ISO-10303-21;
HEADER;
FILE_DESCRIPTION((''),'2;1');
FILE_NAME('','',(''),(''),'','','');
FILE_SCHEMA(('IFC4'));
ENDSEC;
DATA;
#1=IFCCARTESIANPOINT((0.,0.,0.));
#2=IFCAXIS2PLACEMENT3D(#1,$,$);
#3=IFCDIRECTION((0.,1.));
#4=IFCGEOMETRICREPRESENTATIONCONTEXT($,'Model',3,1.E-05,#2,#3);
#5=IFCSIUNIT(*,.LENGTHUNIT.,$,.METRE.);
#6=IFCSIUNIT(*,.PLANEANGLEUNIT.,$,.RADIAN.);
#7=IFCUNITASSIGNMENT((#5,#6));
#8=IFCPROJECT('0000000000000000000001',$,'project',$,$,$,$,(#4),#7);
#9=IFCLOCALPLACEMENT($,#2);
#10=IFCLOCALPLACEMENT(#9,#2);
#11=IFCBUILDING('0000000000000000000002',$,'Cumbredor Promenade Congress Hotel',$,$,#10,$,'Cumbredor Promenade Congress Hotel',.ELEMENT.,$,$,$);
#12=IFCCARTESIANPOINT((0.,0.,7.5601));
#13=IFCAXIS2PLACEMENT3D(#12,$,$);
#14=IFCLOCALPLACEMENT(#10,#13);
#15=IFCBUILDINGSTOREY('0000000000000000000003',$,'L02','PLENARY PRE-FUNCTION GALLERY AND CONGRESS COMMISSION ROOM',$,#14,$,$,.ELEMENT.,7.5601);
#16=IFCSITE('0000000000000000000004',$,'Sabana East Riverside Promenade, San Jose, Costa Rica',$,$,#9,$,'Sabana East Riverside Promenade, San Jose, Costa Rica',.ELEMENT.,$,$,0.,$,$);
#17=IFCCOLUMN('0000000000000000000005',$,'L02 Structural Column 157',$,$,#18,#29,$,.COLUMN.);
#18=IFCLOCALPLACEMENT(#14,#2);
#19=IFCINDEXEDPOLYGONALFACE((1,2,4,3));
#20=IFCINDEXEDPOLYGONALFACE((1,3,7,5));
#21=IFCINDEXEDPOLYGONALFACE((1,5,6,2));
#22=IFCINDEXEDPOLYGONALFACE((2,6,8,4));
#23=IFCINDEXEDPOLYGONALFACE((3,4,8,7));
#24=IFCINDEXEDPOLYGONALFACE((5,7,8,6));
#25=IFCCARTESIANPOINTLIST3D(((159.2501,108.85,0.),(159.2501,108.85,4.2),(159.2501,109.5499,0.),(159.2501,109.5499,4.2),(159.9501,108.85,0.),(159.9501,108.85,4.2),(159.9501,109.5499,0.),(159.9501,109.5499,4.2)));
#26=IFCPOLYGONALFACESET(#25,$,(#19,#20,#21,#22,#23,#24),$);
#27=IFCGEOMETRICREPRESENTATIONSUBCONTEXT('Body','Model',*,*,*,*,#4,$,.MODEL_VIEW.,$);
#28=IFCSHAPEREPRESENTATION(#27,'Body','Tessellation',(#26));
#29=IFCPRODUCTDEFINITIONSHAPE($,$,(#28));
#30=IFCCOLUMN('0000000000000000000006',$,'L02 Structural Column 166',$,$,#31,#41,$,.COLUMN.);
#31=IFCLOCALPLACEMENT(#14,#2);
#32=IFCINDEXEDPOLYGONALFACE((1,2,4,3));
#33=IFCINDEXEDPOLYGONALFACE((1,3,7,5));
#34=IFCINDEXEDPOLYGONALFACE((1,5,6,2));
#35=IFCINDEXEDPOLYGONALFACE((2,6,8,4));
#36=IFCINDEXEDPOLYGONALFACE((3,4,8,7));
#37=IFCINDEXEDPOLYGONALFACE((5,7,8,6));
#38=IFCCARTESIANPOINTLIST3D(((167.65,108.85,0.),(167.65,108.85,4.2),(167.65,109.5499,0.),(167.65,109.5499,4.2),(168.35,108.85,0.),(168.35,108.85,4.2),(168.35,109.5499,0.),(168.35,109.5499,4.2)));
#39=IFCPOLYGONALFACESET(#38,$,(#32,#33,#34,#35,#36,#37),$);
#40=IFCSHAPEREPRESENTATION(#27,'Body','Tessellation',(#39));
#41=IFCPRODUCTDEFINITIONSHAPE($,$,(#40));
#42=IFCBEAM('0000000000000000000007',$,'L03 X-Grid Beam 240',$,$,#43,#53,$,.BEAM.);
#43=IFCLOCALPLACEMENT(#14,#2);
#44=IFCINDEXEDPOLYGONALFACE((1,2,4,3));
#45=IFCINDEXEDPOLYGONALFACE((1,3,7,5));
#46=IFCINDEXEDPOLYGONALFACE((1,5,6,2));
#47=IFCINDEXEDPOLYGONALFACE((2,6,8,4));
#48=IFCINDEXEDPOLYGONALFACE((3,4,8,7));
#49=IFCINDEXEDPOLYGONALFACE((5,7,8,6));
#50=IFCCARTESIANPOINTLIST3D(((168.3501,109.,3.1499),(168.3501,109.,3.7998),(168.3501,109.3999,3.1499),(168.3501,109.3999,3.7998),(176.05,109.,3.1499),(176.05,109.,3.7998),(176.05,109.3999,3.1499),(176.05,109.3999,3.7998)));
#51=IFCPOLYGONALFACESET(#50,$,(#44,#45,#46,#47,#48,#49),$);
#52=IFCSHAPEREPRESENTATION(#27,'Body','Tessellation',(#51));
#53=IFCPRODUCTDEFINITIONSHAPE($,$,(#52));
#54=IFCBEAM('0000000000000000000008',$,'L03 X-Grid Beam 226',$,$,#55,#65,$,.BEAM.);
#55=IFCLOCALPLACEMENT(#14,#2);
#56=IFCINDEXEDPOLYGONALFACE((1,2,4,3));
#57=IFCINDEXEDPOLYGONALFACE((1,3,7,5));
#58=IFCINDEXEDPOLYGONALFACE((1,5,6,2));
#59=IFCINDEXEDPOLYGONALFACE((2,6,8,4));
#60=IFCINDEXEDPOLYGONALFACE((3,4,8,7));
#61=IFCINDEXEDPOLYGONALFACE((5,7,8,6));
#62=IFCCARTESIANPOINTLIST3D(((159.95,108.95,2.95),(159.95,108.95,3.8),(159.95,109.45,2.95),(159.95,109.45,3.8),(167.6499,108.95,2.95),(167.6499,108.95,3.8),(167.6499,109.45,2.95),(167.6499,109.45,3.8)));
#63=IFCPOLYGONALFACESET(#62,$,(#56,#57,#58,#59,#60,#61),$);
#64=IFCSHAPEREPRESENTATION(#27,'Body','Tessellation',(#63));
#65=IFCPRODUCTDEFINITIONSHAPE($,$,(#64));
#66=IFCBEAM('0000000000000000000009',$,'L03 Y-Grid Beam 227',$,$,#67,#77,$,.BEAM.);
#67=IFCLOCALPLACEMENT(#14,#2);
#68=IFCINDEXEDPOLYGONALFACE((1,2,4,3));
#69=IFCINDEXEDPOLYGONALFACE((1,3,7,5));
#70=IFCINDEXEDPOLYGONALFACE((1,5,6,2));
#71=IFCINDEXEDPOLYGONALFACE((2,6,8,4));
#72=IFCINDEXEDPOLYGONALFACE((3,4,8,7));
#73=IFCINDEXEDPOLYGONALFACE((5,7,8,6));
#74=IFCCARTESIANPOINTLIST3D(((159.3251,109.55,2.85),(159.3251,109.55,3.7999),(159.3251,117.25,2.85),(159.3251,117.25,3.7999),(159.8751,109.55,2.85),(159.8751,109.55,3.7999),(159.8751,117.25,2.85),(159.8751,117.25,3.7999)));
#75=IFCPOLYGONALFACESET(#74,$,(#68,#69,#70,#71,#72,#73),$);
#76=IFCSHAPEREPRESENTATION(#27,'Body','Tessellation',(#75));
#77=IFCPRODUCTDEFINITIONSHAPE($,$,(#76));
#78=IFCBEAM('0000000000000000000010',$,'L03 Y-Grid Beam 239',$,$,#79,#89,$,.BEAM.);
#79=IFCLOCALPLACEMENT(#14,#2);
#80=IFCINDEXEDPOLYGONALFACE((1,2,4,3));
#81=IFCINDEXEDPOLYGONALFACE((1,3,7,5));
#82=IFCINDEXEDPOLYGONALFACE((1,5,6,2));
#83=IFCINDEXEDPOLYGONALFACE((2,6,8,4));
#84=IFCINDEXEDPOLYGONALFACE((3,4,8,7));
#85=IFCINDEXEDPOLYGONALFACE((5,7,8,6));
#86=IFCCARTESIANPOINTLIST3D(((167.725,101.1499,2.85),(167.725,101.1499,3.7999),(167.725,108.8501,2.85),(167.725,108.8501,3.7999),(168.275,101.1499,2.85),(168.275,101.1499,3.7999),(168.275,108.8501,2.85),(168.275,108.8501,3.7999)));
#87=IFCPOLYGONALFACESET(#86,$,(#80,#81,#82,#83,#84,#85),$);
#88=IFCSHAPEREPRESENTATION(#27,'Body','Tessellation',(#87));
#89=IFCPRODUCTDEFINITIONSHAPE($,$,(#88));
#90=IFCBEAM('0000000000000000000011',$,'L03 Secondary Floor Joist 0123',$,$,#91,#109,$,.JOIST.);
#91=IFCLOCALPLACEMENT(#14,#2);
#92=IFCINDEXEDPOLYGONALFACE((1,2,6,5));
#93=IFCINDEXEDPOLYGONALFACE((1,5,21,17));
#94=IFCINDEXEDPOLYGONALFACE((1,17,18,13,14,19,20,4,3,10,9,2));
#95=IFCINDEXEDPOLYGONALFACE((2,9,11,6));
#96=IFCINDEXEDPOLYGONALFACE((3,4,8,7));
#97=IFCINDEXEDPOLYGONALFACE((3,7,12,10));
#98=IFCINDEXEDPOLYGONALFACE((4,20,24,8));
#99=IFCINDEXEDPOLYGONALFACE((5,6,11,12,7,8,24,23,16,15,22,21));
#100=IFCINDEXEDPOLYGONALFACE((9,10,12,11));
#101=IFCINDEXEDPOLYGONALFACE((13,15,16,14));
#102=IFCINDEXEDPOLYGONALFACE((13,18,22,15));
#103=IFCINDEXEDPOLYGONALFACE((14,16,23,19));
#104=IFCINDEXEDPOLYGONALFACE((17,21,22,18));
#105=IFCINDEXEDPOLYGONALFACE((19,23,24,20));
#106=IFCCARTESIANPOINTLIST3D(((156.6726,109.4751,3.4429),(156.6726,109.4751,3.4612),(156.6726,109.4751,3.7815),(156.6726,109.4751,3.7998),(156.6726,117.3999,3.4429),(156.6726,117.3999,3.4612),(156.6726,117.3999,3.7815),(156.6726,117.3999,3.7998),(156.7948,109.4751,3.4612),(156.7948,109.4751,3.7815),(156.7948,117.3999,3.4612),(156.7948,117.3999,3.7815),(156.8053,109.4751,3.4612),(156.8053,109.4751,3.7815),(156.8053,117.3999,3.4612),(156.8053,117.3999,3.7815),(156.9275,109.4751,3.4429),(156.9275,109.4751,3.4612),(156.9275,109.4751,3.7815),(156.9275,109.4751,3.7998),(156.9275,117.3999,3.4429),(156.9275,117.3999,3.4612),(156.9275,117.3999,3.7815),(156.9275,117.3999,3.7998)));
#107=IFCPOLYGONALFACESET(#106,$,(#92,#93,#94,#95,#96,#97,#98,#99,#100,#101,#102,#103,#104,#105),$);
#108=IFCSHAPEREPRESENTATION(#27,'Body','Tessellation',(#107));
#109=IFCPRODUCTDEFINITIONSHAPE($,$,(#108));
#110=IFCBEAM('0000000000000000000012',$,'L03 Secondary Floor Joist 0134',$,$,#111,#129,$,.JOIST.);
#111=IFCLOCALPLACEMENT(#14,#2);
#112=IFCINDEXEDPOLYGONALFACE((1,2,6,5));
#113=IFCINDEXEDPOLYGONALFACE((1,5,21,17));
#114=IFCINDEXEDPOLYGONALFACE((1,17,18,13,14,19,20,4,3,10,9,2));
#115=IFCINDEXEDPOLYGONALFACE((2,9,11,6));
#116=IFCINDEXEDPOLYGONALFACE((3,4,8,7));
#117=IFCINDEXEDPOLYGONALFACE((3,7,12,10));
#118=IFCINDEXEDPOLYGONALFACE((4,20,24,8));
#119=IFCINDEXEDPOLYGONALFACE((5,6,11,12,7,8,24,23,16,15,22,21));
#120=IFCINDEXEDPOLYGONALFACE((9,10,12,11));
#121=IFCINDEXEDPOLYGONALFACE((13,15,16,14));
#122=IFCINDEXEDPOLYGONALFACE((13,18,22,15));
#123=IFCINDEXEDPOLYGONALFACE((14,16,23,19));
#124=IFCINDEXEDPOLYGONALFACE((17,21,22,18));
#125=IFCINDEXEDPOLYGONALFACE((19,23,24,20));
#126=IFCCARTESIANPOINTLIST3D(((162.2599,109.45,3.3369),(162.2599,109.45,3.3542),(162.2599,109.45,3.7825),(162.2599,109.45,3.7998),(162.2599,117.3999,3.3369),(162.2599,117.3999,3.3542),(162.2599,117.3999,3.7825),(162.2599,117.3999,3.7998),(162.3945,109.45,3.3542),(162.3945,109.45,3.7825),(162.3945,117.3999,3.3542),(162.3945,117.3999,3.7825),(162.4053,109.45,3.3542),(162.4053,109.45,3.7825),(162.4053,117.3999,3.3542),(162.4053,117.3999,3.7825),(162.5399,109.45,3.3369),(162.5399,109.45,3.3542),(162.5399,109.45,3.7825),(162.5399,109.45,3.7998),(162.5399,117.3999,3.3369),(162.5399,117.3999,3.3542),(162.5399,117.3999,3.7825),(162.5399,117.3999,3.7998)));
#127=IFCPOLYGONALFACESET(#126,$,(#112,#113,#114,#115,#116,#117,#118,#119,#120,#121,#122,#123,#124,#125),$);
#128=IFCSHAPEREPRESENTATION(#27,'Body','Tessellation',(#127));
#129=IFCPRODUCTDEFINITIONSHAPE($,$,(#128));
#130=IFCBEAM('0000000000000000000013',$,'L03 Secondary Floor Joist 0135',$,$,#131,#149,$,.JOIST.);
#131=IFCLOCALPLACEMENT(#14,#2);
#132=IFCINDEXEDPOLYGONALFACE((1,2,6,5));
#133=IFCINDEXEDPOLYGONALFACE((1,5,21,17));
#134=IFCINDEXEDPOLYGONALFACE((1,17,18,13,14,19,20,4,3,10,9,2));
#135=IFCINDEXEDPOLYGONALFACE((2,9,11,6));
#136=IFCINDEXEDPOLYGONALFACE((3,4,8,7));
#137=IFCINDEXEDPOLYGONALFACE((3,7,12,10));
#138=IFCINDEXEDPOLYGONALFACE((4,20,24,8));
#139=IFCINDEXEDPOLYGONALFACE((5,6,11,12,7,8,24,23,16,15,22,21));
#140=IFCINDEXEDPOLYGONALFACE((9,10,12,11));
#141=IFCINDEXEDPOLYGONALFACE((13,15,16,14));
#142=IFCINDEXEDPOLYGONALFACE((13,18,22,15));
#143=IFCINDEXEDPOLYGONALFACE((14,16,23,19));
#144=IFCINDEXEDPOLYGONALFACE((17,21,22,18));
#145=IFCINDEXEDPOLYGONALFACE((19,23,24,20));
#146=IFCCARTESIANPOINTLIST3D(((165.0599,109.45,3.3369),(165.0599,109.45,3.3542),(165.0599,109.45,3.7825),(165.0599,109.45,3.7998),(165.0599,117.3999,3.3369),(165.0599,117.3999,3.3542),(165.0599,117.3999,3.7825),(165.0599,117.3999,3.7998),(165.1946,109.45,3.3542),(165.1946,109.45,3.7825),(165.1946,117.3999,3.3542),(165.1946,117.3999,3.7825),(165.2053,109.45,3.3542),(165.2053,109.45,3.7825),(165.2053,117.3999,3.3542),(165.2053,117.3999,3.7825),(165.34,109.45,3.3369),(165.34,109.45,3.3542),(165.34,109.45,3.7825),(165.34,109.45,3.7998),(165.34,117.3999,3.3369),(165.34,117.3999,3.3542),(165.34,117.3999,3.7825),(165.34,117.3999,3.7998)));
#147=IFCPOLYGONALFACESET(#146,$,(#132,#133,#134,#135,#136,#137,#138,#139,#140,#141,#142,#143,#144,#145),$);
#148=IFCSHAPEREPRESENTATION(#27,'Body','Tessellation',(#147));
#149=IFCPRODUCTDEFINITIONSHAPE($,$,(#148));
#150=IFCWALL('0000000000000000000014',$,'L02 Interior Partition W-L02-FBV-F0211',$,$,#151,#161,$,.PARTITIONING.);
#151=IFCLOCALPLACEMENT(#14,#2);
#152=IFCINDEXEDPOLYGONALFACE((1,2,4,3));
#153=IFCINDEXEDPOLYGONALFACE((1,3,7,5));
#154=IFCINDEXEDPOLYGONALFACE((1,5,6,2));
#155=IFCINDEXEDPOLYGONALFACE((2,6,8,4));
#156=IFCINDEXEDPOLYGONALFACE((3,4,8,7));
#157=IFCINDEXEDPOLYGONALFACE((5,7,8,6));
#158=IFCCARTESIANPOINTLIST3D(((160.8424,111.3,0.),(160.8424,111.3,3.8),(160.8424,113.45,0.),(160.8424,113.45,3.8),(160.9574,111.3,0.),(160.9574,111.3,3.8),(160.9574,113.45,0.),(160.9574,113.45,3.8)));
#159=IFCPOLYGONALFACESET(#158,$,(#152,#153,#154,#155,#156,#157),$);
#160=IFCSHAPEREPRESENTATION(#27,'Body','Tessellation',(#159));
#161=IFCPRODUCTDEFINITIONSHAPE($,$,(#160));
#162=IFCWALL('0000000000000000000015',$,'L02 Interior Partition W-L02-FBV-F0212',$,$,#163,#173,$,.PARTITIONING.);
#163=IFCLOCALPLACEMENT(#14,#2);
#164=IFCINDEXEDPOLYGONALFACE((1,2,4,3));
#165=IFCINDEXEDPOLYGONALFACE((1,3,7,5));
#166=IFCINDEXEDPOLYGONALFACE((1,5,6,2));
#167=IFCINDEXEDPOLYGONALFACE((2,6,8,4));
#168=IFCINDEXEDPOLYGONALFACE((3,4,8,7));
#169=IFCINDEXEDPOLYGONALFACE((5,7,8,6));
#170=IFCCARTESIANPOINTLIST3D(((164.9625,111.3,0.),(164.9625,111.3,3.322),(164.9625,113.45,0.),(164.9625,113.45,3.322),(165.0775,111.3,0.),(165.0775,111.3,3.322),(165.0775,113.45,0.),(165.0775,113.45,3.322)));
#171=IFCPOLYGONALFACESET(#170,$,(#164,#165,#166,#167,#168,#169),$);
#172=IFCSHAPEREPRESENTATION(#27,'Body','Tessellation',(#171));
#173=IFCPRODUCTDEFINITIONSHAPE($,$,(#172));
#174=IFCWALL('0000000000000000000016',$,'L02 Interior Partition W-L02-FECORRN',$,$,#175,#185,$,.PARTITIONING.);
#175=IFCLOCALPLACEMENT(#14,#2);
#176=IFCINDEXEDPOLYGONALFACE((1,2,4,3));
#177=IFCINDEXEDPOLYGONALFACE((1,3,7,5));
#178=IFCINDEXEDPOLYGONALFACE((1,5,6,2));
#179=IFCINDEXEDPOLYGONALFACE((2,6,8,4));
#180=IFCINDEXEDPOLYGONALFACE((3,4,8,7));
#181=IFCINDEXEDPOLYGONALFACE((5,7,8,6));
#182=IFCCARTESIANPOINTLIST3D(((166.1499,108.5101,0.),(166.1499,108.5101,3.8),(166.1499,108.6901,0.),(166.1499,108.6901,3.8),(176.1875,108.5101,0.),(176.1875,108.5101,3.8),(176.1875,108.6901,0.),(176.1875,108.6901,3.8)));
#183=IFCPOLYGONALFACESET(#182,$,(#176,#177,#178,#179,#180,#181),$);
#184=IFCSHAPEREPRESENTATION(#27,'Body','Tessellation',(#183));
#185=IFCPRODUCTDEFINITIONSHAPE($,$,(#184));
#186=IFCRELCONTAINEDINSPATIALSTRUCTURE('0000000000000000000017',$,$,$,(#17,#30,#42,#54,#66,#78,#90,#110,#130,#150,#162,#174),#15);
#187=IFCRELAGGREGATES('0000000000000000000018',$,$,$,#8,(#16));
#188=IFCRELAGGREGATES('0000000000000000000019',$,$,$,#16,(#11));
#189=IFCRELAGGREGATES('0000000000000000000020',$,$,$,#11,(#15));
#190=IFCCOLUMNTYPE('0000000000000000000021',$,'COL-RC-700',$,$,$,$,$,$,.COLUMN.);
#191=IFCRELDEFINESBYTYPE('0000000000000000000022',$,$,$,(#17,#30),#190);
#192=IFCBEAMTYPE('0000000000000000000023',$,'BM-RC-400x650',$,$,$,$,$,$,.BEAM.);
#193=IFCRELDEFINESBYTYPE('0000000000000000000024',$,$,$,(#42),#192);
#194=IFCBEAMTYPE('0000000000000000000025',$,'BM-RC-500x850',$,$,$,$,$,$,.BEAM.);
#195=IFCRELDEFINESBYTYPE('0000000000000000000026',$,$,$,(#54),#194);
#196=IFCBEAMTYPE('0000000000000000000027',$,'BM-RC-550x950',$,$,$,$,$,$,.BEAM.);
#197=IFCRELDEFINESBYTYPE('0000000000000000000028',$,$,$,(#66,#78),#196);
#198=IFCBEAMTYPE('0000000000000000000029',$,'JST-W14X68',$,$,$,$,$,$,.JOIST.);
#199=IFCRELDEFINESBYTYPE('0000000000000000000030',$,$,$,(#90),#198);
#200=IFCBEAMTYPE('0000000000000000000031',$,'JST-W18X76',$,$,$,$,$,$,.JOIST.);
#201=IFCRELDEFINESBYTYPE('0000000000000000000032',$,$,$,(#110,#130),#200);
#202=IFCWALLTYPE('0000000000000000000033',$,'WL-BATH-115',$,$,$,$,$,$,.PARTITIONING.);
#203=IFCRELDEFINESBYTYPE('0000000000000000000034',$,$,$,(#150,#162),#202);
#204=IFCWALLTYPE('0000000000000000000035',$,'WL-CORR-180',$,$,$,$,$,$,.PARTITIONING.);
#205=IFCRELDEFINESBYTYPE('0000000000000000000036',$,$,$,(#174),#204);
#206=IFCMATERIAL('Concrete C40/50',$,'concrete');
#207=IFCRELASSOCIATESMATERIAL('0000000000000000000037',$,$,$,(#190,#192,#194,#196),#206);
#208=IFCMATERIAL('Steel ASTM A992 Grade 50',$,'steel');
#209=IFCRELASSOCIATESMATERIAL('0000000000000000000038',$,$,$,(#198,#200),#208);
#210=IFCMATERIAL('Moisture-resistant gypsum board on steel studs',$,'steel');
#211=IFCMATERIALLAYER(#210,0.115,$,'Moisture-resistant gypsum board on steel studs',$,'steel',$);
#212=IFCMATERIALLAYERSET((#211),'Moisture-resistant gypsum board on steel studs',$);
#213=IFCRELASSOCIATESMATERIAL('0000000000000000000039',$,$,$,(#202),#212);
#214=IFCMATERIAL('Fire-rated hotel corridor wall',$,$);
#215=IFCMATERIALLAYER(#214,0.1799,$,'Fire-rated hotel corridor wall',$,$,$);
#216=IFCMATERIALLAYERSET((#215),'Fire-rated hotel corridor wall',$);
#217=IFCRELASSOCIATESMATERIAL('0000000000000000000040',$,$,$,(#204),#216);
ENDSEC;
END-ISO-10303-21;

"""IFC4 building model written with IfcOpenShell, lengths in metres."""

from ifc_helpers import new_model, si_unit, direction, frame, frame_2d, origin, origin_2d, place, context, subcontext, project, spatial, rectangle, i_section, extrude, material, layer, layer_set, material_profile, profile_set, type_object, element, save


model = new_model("IFC4")

# Units and contexts
model_context = context("Model", 3, precision=1e-05, world=origin(), true_north=direction((0.0, 1.0)))
body_context = subcontext(model_context, "Body", "Model", "MODEL_VIEW")
ifc_project = project(units=[si_unit("LENGTHUNIT", "METRE"), si_unit("PLANEANGLEUNIT", "RADIAN")], contexts=[model_context])

# Site, building, storey
site_placement = place(None, origin())
site = spatial("IfcSite", under=ifc_project, at=site_placement, Name="Sabana East Riverside Promenade, San Jose, Costa Rica", LongName="Sabana East Riverside Promenade, San Jose, Costa Rica", CompositionType="ELEMENT", RefElevation=0.0)
building_placement = place(site_placement, origin())
building = spatial("IfcBuilding", under=site, at=building_placement, Name="Cumbredor Promenade Congress Hotel", LongName="Cumbredor Promenade Congress Hotel", CompositionType="ELEMENT")
storey_placement = place(building_placement, frame((0.0, 0.0, 7.5601)))
storey = spatial("IfcBuildingStorey", under=building, at=storey_placement, Name="L02", Description="PLENARY PRE-FUNCTION GALLERY AND CONGRESS COMMISSION ROOM", CompositionType="ELEMENT", Elevation=7.5601)

# Columns
ifc_material_1 = material(Name="Concrete C40/50", Category="concrete")
ifc_material_profile_1 = material_profile(ifc_material_1, rectangle(XDim=0.7, YDim=0.7, at=origin_2d()), Name="RC 700x700")
ifc_profile_set_1 = profile_set([ifc_material_profile_1], Name="Concrete C40/50")
column_type = type_object("IfcColumnType", Name="COL-RC-700", PredefinedType="COLUMN", material=ifc_profile_set_1)
for number, where, z_axis, x_axis, name in (
    (1, (159.6001, 109.2, 0.0), (0.0, 0.0, 1.0), (1.0, 0.0, 0.0), "L02 Structural Column 157"),
    (2, (168.0, 109.2, 0.0), (0.0, 0.0, 1.0), (1.0, 0.0, 0.0), "L02 Structural Column 166"),
):
    element("IfcColumn", number, at=place(storey_placement, frame(where, z_axis=z_axis, x_axis=x_axis)), inside=storey, type_object=column_type, Name=name, PredefinedType="COLUMN", context=body_context, shape_type="SweptSolid", body=[
        extrude(rectangle(XDim=0.7, YDim=0.7, at=origin_2d()), origin(), (0.0, 0.0, 1.0), 4.2),
    ])

# Beams
ifc_material_profile_2 = material_profile(ifc_material_1, rectangle(XDim=0.3999, YDim=0.6499, at=origin_2d()), Name="RC BEAM 400x650")
ifc_profile_set_2 = profile_set([ifc_material_profile_2], Name="Concrete C40/50")
beam_type_1 = type_object("IfcBeamType", Name="BM-RC-400x650", PredefinedType="BEAM", material=ifc_profile_set_2)
beam_1_placement = place(storey_placement, frame((168.3501, 109.2, 3.4749), z_axis=(1.0, 0.0, 0.0), x_axis=(0.0, 1.0, 0.0)))
element("IfcBeam", 3, at=beam_1_placement, inside=storey, type_object=beam_type_1, Name="L03 X-Grid Beam 240", PredefinedType="BEAM", context=body_context, shape_type="SweptSolid", body=[
    extrude(rectangle(XDim=0.3999, YDim=0.6499, at=origin_2d()), origin(), (0.0, 0.0, 1.0), 7.7),
])
ifc_material_profile_3 = material_profile(ifc_material_1, rectangle(XDim=0.5, YDim=0.8501, at=origin_2d()), Name="RC BEAM 500x850")
ifc_profile_set_3 = profile_set([ifc_material_profile_3], Name="Concrete C40/50")
beam_type_2 = type_object("IfcBeamType", Name="BM-RC-500x850", PredefinedType="BEAM", material=ifc_profile_set_3)
beam_2_placement = place(storey_placement, frame((159.95, 109.2, 3.375), z_axis=(1.0, 0.0, 0.0), x_axis=(0.0, 1.0, 0.0)))
element("IfcBeam", 4, at=beam_2_placement, inside=storey, type_object=beam_type_2, Name="L03 X-Grid Beam 226", PredefinedType="BEAM", context=body_context, shape_type="SweptSolid", body=[
    extrude(rectangle(XDim=0.5, YDim=0.8501, at=origin_2d()), origin(), (0.0, 0.0, 1.0), 7.7),
])
ifc_material_profile_4 = material_profile(ifc_material_1, rectangle(XDim=0.55, YDim=0.95, at=origin_2d()), Name="RC BEAM 550x950")
ifc_profile_set_4 = profile_set([ifc_material_profile_4], Name="Concrete C40/50")
beam_type_3 = type_object("IfcBeamType", Name="BM-RC-550x950", PredefinedType="BEAM", material=ifc_profile_set_4)
beam_3_placement = place(storey_placement, frame((159.6001, 109.55, 3.325), z_axis=(0.0, 1.0, 0.0), x_axis=(-1.0, 0.0, 0.0)))
element("IfcBeam", 5, at=beam_3_placement, inside=storey, type_object=beam_type_3, Name="L03 Y-Grid Beam 227", PredefinedType="BEAM", context=body_context, shape_type="SweptSolid", body=[
    extrude(rectangle(XDim=0.55, YDim=0.95, at=origin_2d()), origin(), (0.0, 0.0, 1.0), 7.7),
])
beam_4_placement = place(storey_placement, frame((168.0, 101.1499, 3.325), z_axis=(0.0, 1.0, 0.0), x_axis=(-1.0, 0.0, 0.0)))
element("IfcBeam", 6, at=beam_4_placement, inside=storey, type_object=beam_type_3, Name="L03 Y-Grid Beam 239", PredefinedType="BEAM", context=body_context, shape_type="SweptSolid", body=[
    extrude(rectangle(XDim=0.55, YDim=0.95, at=origin_2d()), origin(), (0.0, 0.0, 1.0), 7.7002),
])
ifc_material_2 = material(Name="Steel ASTM A992 Grade 50", Category="steel")
ifc_material_profile_5 = material_profile(ifc_material_2, i_section(OverallWidth=0.2549, OverallDepth=0.3569, WebThickness=0.0105, FlangeThickness=0.0183, at=origin_2d()), Name="W14X68")
ifc_profile_set_5 = profile_set([ifc_material_profile_5], Name="Steel ASTM A992 Grade 50")
beam_type_4 = type_object("IfcBeamType", Name="JST-W14X68", PredefinedType="JOIST", material=ifc_profile_set_5)
beam_5_placement = place(storey_placement, frame((156.8, 109.4751, 3.6213), z_axis=(0.0, 1.0, 0.0), x_axis=(-1.0, 0.0, 0.0)))
element("IfcBeam", 7, at=beam_5_placement, inside=storey, type_object=beam_type_4, Name="L03 Secondary Floor Joist 0123", PredefinedType="JOIST", context=body_context, shape_type="SweptSolid", body=[
    extrude(i_section(OverallWidth=0.2549, OverallDepth=0.3569, WebThickness=0.0105, FlangeThickness=0.0183, at=origin_2d()), origin(), (0.0, 0.0, 1.0), 7.9248),
])
ifc_material_profile_6 = material_profile(ifc_material_2, i_section(OverallWidth=0.28, OverallDepth=0.4629, WebThickness=0.0107, FlangeThickness=0.0173, at=origin_2d()), Name="W18X76")
ifc_profile_set_6 = profile_set([ifc_material_profile_6], Name="Steel ASTM A992 Grade 50")
beam_type_5 = type_object("IfcBeamType", Name="JST-W18X76", PredefinedType="JOIST", material=ifc_profile_set_6)
for number, where, z_axis, x_axis, name in (
    (8, (162.3999, 109.45, 3.5684), (0.0, 1.0, 0.0), (-1.0, 0.0, 0.0), "L03 Secondary Floor Joist 0134"),
    (9, (165.2, 109.45, 3.5684), (0.0, 1.0, 0.0), (-1.0, 0.0, 0.0), "L03 Secondary Floor Joist 0135"),
):
    element("IfcBeam", number, at=place(storey_placement, frame(where, z_axis=z_axis, x_axis=x_axis)), inside=storey, type_object=beam_type_5, Name=name, PredefinedType="JOIST", context=body_context, shape_type="SweptSolid", body=[
        extrude(i_section(OverallWidth=0.28, OverallDepth=0.4629, WebThickness=0.0107, FlangeThickness=0.0173, at=origin_2d()), origin(), (0.0, 0.0, 1.0), 7.95),
    ])

# Walls
ifc_material_3 = material(Name="Moisture-resistant gypsum board on steel studs", Category="steel")
ifc_layer_1 = layer(ifc_material_3, 0.115, Name="Moisture-resistant gypsum board on steel studs", Category="steel")
ifc_layer_set_1 = layer_set([ifc_layer_1], Name="Moisture-resistant gypsum board on steel studs")
wall_type_1 = type_object("IfcWallType", Name="WL-BATH-115", PredefinedType="PARTITIONING", material=ifc_layer_set_1)
wall_1_placement = place(storey_placement, frame((160.8999, 111.3, 0.0), z_axis=(0.0, 0.0, 1.0), x_axis=(0.0, 1.0, 0.0)))
element("IfcWall", 10, at=wall_1_placement, inside=storey, type_object=wall_type_1, Name="L02 Interior Partition W-L02-FBV-F0211", PredefinedType="PARTITIONING", context=body_context, shape_type="SweptSolid", body=[
    extrude(rectangle(XDim=2.1499, YDim=0.115, at=frame_2d((1.075, 0.0))), origin(), (0.0, 0.0, 1.0), 3.8),
])
wall_2_placement = place(storey_placement, frame((165.02, 111.3, 0.0), z_axis=(0.0, 0.0, 1.0), x_axis=(0.0, 1.0, 0.0)))
element("IfcWall", 11, at=wall_2_placement, inside=storey, type_object=wall_type_1, Name="L02 Interior Partition W-L02-FBV-F0212", PredefinedType="PARTITIONING", context=body_context, shape_type="SweptSolid", body=[
    extrude(rectangle(XDim=2.1499, YDim=0.115, at=frame_2d((1.075, 0.0))), origin(), (0.0, 0.0, 1.0), 3.322),
])
ifc_material_4 = material(Name="Fire-rated hotel corridor wall")
ifc_layer_2 = layer(ifc_material_4, 0.1799, Name="Fire-rated hotel corridor wall")
ifc_layer_set_2 = layer_set([ifc_layer_2], Name="Fire-rated hotel corridor wall")
wall_type_2 = type_object("IfcWallType", Name="WL-CORR-180", PredefinedType="PARTITIONING", material=ifc_layer_set_2)
wall_3_placement = place(storey_placement, frame((166.1499, 108.6001, 0.0), z_axis=(0.0, 0.0, 1.0), x_axis=(1.0, 0.0, 0.0)))
element("IfcWall", 12, at=wall_3_placement, inside=storey, type_object=wall_type_2, Name="L02 Interior Partition W-L02-FECORRN", PredefinedType="PARTITIONING", context=body_context, shape_type="SweptSolid", body=[
    extrude(rectangle(XDim=10.0376, YDim=0.1799, at=frame_2d((5.0188, 0.0))), origin(), (0.0, 0.0, 1.0), 3.8),
])

save(model, "model.ifc")
